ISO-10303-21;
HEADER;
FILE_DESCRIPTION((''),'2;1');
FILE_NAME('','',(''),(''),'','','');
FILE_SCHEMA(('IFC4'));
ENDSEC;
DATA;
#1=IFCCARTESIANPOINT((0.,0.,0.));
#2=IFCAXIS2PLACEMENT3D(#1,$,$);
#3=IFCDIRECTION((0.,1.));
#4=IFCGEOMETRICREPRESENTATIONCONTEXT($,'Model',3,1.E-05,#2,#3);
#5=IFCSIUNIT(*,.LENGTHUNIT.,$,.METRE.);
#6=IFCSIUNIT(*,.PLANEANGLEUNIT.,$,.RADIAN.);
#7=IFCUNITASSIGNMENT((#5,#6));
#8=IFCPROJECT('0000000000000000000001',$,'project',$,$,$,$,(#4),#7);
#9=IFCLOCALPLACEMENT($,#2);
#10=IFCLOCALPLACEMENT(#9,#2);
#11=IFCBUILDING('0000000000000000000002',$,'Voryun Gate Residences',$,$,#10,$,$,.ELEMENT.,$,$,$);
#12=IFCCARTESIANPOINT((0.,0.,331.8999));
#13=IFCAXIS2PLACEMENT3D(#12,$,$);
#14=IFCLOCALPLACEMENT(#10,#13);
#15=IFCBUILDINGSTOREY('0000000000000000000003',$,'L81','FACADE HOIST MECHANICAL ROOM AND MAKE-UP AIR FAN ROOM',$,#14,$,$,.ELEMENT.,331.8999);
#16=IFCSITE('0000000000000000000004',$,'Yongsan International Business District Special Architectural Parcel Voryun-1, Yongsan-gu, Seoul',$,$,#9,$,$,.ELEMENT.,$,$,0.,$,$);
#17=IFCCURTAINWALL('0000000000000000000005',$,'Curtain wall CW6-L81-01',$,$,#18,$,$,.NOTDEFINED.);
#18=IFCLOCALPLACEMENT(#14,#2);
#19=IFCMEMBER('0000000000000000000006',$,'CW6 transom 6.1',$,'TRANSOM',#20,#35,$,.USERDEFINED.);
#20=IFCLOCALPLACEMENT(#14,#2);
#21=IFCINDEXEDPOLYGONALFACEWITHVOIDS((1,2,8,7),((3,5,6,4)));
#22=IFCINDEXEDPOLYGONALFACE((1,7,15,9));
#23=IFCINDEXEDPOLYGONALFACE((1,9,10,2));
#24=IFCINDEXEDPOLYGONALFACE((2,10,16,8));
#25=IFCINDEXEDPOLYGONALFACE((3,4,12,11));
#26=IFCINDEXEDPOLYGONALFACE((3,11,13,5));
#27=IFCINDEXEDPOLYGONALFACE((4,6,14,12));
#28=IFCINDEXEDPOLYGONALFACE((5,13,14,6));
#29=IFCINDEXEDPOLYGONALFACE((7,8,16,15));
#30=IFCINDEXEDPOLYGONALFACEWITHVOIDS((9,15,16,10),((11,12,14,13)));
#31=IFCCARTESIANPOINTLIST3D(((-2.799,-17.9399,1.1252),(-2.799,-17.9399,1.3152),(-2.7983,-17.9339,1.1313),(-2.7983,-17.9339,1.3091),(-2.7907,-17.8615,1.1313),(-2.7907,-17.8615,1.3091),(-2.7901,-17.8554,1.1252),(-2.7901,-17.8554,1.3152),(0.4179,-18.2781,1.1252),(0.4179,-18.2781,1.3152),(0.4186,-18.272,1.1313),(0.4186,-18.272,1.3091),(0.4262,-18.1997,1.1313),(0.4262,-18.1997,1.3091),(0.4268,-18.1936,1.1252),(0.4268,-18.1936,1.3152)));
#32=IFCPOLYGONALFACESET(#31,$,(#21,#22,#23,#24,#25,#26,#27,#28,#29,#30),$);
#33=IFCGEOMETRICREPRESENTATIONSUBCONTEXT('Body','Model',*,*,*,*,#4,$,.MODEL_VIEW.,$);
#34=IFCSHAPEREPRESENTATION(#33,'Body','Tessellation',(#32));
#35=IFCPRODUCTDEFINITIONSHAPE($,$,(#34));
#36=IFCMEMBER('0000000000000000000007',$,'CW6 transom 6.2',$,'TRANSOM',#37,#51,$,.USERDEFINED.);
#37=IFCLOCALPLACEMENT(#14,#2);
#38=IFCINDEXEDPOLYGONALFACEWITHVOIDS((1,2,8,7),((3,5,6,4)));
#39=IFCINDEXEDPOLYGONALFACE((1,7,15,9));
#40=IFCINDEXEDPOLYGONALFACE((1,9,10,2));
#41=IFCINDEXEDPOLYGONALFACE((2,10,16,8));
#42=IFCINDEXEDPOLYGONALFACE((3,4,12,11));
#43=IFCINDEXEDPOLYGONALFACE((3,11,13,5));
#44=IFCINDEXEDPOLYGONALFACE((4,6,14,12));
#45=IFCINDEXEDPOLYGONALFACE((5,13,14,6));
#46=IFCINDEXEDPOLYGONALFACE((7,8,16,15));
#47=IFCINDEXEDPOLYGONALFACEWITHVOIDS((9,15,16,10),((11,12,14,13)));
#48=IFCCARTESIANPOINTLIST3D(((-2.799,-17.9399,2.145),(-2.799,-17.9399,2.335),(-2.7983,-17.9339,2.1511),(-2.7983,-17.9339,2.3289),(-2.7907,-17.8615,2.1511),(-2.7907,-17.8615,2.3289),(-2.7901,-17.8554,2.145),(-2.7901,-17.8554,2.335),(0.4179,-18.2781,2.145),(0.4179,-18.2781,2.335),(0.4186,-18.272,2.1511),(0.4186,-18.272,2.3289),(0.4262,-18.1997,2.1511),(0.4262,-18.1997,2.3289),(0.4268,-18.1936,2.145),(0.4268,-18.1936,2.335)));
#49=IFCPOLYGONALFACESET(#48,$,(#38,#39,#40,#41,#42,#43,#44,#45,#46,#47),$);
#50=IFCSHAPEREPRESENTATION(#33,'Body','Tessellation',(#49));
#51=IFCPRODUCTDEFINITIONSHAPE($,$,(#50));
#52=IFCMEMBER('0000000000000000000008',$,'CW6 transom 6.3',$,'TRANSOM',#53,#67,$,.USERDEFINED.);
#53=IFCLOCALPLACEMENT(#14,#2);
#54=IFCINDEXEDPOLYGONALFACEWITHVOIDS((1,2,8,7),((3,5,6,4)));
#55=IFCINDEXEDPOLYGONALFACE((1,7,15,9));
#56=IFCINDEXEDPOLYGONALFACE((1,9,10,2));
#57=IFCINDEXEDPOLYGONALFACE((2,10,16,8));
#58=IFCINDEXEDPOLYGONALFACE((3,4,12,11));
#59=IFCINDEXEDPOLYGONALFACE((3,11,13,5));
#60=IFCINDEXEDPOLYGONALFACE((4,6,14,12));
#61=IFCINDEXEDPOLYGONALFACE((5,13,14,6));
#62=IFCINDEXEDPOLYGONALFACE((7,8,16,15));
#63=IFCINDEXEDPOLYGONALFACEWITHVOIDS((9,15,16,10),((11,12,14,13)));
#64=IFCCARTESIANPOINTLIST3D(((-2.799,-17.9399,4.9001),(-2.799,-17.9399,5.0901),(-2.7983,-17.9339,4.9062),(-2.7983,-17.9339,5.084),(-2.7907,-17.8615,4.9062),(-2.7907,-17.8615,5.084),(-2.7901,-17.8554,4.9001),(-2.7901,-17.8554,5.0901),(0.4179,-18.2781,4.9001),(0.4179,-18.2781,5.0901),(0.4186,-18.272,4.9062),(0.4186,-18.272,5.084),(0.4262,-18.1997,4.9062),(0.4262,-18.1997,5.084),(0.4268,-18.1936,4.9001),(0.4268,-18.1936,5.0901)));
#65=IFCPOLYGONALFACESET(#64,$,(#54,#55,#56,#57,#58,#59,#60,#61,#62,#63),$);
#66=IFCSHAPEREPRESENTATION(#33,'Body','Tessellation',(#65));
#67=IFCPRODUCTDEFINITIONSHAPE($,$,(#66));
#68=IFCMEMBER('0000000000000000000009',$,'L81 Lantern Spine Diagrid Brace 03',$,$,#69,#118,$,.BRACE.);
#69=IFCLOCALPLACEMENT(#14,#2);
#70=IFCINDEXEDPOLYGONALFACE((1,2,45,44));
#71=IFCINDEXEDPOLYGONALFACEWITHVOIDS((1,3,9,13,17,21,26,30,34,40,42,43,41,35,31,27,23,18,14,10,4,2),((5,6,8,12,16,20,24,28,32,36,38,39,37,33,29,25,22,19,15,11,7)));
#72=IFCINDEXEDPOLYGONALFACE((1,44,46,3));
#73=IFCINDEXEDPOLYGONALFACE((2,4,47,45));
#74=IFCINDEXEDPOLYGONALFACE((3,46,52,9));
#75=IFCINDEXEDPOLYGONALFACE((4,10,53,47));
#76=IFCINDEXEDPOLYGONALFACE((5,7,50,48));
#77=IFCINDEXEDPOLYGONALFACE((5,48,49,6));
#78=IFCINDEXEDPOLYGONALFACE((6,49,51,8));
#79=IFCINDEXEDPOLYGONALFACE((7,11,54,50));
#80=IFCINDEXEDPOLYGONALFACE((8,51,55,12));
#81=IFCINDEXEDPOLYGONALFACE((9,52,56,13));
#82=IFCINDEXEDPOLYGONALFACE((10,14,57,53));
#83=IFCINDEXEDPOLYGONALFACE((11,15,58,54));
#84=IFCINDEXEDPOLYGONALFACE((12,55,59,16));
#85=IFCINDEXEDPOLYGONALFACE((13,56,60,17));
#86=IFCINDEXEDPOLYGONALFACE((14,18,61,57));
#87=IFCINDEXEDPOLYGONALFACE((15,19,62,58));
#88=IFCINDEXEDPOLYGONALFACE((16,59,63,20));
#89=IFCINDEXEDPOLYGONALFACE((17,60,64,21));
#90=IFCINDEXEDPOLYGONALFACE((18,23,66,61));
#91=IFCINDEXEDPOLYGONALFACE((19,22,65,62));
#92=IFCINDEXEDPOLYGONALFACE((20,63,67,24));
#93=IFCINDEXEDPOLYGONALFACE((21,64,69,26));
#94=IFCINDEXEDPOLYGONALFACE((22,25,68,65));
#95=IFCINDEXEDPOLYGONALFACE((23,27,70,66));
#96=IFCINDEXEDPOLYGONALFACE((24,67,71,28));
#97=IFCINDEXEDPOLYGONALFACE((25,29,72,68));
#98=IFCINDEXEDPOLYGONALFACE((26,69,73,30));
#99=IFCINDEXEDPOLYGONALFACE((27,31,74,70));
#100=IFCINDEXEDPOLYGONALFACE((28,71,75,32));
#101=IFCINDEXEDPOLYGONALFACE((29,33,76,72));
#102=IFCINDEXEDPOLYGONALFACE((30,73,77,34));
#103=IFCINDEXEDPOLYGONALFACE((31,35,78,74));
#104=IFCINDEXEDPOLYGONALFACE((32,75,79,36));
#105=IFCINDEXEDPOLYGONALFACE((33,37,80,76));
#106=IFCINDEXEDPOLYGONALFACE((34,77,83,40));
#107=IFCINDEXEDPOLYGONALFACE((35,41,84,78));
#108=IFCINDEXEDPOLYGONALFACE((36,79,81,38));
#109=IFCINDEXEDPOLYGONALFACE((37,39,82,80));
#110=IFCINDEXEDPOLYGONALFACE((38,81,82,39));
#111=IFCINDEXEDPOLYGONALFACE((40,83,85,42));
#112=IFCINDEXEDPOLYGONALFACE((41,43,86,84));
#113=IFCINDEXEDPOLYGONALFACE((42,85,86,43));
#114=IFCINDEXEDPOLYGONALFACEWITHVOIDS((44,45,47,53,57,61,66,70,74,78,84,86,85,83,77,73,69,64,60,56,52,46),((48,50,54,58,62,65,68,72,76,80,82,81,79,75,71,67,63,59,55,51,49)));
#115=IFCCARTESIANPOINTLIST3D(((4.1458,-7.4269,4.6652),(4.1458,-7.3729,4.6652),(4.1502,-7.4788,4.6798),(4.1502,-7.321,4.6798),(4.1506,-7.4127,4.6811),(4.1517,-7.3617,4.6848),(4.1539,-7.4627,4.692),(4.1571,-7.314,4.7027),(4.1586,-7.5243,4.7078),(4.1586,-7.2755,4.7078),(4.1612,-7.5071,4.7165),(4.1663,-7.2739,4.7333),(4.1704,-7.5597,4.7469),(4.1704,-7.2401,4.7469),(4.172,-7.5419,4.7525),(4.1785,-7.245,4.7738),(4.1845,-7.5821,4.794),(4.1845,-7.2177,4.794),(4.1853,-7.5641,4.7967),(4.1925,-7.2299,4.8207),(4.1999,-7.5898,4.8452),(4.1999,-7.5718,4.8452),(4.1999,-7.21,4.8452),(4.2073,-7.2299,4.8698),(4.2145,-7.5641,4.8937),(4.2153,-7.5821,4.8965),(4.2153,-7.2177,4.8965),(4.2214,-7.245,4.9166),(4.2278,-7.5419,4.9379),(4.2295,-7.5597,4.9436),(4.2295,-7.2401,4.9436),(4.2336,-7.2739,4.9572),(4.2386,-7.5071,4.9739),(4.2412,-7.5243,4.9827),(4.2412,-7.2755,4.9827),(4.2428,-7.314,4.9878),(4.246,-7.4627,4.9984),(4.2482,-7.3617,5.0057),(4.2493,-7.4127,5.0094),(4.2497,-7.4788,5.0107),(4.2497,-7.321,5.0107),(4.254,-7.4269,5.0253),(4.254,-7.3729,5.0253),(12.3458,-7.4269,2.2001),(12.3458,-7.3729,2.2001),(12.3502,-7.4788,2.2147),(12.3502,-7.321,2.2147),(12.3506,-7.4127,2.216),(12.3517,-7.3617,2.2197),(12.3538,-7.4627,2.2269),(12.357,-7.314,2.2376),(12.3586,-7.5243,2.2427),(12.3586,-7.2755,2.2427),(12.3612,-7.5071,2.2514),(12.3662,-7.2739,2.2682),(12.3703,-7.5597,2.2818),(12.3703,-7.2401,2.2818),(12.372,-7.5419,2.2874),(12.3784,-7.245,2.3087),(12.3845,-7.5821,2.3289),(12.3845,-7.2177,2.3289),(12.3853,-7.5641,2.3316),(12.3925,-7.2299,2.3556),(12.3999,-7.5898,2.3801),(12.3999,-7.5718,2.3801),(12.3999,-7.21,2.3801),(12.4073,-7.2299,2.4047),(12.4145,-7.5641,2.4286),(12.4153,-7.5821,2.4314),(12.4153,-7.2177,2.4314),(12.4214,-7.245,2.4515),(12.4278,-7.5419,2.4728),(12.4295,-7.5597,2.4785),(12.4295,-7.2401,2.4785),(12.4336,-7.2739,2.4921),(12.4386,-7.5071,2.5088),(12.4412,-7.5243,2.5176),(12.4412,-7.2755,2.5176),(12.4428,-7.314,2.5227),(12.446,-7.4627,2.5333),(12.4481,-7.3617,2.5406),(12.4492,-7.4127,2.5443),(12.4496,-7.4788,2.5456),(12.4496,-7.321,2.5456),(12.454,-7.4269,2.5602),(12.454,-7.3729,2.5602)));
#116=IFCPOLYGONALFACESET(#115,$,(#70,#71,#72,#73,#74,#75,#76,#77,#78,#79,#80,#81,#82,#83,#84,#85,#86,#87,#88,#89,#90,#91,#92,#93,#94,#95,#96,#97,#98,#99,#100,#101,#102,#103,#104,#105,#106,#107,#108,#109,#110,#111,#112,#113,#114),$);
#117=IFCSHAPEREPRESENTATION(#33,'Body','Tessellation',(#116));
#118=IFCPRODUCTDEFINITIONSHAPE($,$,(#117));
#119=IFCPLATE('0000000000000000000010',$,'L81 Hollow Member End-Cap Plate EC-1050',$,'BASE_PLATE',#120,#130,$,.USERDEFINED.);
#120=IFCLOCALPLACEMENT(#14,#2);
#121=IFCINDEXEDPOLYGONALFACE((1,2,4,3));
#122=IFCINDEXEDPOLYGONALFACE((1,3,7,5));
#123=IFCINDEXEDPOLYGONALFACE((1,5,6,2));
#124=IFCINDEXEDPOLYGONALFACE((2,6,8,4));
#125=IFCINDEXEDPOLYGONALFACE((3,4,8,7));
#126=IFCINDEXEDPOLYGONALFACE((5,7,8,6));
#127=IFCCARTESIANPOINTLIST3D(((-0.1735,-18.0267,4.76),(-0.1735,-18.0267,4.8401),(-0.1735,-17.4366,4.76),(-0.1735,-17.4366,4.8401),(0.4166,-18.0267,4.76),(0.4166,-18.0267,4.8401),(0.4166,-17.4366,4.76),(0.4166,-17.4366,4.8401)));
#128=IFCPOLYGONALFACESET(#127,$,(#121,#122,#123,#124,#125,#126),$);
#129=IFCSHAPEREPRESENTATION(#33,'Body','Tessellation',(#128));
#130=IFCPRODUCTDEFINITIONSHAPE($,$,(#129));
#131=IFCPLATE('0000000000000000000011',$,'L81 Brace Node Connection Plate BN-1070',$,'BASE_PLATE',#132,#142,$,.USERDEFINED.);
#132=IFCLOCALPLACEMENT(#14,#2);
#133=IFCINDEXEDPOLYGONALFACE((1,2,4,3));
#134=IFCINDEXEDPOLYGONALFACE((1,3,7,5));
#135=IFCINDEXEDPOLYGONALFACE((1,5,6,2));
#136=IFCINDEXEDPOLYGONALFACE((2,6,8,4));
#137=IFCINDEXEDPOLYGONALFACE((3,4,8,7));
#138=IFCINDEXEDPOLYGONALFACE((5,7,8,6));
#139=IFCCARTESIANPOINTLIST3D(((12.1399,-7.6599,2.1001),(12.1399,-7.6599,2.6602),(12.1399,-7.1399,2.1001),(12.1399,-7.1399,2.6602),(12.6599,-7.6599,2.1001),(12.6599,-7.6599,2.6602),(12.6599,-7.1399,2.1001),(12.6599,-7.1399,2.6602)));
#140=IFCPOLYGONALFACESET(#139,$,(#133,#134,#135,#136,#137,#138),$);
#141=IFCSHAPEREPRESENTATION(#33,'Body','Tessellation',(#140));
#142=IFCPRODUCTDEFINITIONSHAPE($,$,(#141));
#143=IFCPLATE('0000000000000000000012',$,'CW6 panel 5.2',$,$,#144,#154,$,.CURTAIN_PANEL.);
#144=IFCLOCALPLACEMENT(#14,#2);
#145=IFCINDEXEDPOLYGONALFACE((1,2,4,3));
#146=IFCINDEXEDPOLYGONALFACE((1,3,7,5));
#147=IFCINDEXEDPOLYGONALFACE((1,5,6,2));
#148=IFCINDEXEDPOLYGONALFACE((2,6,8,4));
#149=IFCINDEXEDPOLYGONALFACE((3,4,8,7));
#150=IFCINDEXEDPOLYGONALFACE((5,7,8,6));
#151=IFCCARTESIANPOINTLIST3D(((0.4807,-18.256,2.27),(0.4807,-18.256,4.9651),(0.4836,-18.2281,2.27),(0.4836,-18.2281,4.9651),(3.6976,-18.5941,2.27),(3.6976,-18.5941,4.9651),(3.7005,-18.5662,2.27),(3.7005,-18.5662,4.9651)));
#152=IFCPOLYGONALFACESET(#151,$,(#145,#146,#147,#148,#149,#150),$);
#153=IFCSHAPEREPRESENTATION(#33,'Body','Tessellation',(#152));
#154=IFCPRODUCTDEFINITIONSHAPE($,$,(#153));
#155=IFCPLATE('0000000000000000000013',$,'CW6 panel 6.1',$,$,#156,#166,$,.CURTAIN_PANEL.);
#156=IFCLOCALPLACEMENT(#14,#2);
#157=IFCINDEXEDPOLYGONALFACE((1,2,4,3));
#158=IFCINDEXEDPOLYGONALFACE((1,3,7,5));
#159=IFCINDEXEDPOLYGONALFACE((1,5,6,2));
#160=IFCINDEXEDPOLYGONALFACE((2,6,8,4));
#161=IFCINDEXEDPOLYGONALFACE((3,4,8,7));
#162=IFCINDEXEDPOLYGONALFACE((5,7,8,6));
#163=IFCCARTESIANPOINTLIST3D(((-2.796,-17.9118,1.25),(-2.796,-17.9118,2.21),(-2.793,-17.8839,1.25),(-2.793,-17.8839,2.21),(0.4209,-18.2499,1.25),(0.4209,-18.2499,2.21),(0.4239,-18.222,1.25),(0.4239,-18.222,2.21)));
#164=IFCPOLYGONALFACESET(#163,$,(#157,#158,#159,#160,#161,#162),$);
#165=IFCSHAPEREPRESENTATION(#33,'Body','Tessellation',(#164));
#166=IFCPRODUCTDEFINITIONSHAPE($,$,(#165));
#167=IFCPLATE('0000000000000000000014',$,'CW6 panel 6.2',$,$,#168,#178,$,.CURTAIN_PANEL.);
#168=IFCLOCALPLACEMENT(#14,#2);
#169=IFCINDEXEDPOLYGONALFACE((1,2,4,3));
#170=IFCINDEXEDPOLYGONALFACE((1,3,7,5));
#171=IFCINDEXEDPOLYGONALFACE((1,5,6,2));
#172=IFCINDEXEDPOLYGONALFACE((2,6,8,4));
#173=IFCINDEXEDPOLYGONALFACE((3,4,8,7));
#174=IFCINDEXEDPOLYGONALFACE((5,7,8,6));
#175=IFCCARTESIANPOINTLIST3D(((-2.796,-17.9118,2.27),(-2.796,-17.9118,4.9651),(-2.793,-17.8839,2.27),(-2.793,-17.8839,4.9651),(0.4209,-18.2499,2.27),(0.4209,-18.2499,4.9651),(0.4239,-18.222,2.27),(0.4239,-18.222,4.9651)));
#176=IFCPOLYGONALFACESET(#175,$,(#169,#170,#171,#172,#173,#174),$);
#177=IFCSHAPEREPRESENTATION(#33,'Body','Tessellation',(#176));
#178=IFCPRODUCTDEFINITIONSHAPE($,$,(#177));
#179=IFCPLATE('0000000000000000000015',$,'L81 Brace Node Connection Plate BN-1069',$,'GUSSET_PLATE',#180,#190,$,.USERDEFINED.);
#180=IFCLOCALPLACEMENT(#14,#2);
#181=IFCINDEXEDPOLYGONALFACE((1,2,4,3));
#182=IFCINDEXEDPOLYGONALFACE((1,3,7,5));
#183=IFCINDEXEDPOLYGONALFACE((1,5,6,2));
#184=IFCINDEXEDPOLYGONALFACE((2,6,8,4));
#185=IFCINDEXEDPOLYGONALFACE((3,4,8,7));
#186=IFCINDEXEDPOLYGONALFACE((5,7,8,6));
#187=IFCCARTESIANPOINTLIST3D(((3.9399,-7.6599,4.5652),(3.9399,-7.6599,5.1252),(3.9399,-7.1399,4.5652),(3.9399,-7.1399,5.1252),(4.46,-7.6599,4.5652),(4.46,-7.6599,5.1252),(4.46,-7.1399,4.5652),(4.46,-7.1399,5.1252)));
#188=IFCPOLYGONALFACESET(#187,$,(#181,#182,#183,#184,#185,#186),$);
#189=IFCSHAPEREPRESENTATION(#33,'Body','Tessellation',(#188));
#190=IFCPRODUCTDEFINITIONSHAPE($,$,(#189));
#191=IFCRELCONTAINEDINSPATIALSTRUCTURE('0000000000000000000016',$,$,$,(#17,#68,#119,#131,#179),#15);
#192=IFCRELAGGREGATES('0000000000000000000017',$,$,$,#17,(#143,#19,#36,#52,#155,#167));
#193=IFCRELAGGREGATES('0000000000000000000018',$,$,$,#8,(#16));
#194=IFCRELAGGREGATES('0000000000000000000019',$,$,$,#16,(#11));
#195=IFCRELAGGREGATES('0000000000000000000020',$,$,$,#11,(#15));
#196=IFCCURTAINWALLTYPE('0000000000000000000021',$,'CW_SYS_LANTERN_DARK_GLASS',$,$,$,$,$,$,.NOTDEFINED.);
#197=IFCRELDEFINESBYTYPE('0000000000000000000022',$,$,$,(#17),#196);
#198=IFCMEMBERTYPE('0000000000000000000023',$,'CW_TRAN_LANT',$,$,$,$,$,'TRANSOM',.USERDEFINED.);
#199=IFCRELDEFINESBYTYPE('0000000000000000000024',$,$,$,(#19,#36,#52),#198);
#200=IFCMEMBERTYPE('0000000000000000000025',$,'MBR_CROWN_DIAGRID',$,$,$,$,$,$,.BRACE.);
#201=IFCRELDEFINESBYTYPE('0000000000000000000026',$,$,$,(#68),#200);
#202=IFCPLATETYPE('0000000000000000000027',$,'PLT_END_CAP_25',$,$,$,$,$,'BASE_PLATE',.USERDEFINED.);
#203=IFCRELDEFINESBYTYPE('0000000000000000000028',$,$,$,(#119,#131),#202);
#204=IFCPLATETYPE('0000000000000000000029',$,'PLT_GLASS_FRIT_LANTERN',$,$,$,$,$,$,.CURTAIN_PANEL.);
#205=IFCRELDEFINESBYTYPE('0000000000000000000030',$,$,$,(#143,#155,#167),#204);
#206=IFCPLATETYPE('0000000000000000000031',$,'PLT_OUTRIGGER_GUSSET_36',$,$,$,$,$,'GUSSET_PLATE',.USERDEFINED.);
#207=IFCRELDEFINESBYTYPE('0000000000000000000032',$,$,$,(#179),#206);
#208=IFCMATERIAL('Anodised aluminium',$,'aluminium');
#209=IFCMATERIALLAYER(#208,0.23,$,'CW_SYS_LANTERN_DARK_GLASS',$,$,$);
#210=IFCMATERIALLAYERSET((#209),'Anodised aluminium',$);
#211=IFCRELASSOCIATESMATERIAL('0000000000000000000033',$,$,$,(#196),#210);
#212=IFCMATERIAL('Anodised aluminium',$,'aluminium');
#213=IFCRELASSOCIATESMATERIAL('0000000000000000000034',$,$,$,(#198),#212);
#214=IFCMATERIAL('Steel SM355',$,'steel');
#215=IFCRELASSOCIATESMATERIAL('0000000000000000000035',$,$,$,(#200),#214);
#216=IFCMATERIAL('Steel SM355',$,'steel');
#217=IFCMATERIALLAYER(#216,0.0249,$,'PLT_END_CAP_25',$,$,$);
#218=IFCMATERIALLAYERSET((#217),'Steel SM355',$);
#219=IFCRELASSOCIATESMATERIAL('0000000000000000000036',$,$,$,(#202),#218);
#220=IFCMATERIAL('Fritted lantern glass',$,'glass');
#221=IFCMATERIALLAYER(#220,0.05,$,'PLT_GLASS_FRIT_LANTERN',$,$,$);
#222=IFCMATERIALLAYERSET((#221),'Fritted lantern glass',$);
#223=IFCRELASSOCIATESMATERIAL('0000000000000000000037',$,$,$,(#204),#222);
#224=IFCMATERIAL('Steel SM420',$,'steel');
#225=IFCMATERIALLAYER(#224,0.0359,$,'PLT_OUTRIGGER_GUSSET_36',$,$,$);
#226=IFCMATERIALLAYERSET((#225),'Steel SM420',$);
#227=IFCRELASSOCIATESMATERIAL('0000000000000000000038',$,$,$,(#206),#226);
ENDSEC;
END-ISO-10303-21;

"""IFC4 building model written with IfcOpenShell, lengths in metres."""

from ifc_helpers import new_model, si_unit, direction, frame, origin, origin_2d, place, context, subcontext, project, spatial, rectangle, hollow_rectangle, hollow_circle, extrude, material, layer, layer_set, material_profile, profile_set, type_object, element, aggregate, save


model = new_model("IFC4")

# Units and contexts
model_context = context("Model", 3, precision=1e-05, world=origin(), true_north=direction((0.0, 1.0)))
body_context = subcontext(model_context, "Body", "Model", "MODEL_VIEW")
ifc_project = project(units=[si_unit("LENGTHUNIT", "METRE"), si_unit("PLANEANGLEUNIT", "RADIAN")], contexts=[model_context])

# Site, building, storey
site_placement = place(None, origin())
site = spatial("IfcSite", under=ifc_project, at=site_placement, Name="Yongsan International Business District Special Architectural Parcel Voryun-1, Yongsan-gu, Seoul", CompositionType="ELEMENT", RefElevation=0.0)
building_placement = place(site_placement, origin())
building = spatial("IfcBuilding", under=site, at=building_placement, Name="Voryun Gate Residences", CompositionType="ELEMENT")
storey_placement = place(building_placement, frame((0.0, 0.0, 331.8999)))
storey = spatial("IfcBuildingStorey", under=building, at=storey_placement, Name="L81", Description="FACADE HOIST MECHANICAL ROOM AND MAKE-UP AIR FAN ROOM", CompositionType="ELEMENT", Elevation=331.8999)

# Curtain wall, members
ifc_material_1 = material(Name="Anodised aluminium", Category="aluminium")
ifc_layer_1 = layer(ifc_material_1, 0.23, Name="CW_SYS_LANTERN_DARK_GLASS")
ifc_layer_set_1 = layer_set([ifc_layer_1], Name="Anodised aluminium")
curtain_wall_type = type_object("IfcCurtainWallType", Name="CW_SYS_LANTERN_DARK_GLASS", PredefinedType="NOTDEFINED", material=ifc_layer_set_1)
curtain_wall_placement = place(storey_placement, origin())
curtain_wall = element("IfcCurtainWall", 1, at=curtain_wall_placement, inside=storey, type_object=curtain_wall_type, Name="Curtain wall CW6-L81-01", PredefinedType="NOTDEFINED")
ifc_material_2 = material(Name="Anodised aluminium", Category="aluminium")
ifc_material_profile_1 = material_profile(ifc_material_2, hollow_rectangle(XDim=0.085, YDim=0.1899, WallThickness=0.0061, at=origin_2d()), Name="ALU-TRAN-190x85x6")
ifc_profile_set_1 = profile_set([ifc_material_profile_1], Name="Anodised aluminium")
member_type_1 = type_object("IfcMemberType", Name="CW_TRAN_LANT", ElementType="TRANSOM", PredefinedType="USERDEFINED", material=ifc_profile_set_1)
member_1_placement = place(storey_placement, frame((0.4224, -18.2358, 1.2202), z_axis=(-0.994521, 0.104539, 0.0), x_axis=(-0.104539, -0.994521, 0.0)))
member_1 = element("IfcMember", 2, at=member_1_placement, type_object=member_type_1, Name="CW6 transom 6.1", ObjectType="TRANSOM", PredefinedType="USERDEFINED", context=body_context, shape_type="SweptSolid", body=[
    extrude(hollow_rectangle(XDim=0.085, YDim=0.1899, WallThickness=0.0061, at=origin_2d()), origin(), (0.0, 0.0, 1.0), 3.2346),
])
member_2_placement = place(storey_placement, frame((0.4224, -18.2358, 2.24), z_axis=(-0.994521, 0.104539, 0.0), x_axis=(-0.104539, -0.994521, 0.0)))
member_2 = element("IfcMember", 3, at=member_2_placement, type_object=member_type_1, Name="CW6 transom 6.2", ObjectType="TRANSOM", PredefinedType="USERDEFINED", context=body_context, shape_type="SweptSolid", body=[
    extrude(hollow_rectangle(XDim=0.085, YDim=0.1899, WallThickness=0.0061, at=origin_2d()), origin(), (0.0, 0.0, 1.0), 3.2346),
])
member_3_placement = place(storey_placement, frame((0.4224, -18.2358, 4.9951), z_axis=(-0.994521, 0.104539, 0.0), x_axis=(-0.104539, -0.994521, 0.0)))
member_3 = element("IfcMember", 4, at=member_3_placement, type_object=member_type_1, Name="CW6 transom 6.3", ObjectType="TRANSOM", PredefinedType="USERDEFINED", context=body_context, shape_type="SweptSolid", body=[
    extrude(hollow_rectangle(XDim=0.085, YDim=0.1899, WallThickness=0.0061, at=origin_2d()), origin(), (0.0, 0.0, 1.0), 3.2346),
])

# Member
ifc_material_3 = material(Name="Steel SM355", Category="steel")
ifc_material_profile_2 = material_profile(ifc_material_3, hollow_circle(Radius=0.1899, WallThickness=0.0181, at=origin_2d()), Name="CHS-380x18")
ifc_profile_set_2 = profile_set([ifc_material_profile_2], Name="Steel SM355")
member_type_2 = type_object("IfcMemberType", Name="MBR_CROWN_DIAGRID", PredefinedType="BRACE", material=ifc_profile_set_2)
member_4_placement = place(storey_placement, frame((12.3999, -7.3999, 2.3801), z_axis=(-0.957662, 0.0, 0.287895), x_axis=(0.0, -1.0, 0.0)))
element("IfcMember", 5, at=member_4_placement, inside=storey, type_object=member_type_2, Name="L81 Lantern Spine Diagrid Brace 03", PredefinedType="BRACE", context=body_context, shape_type="SweptSolid", body=[
    extrude(hollow_circle(Radius=0.1899, WallThickness=0.0181, at=origin_2d()), origin(), (0.0, 0.0, 1.0), 8.5625),
])

# Plates
ifc_material_4 = material(Name="Steel SM355", Category="steel")
ifc_layer_2 = layer(ifc_material_4, 0.0249, Name="PLT_END_CAP_25")
ifc_layer_set_2 = layer_set([ifc_layer_2], Name="Steel SM355")
plate_type_1 = type_object("IfcPlateType", Name="PLT_END_CAP_25", ElementType="BASE_PLATE", PredefinedType="USERDEFINED", material=ifc_layer_set_2)
plate_1_placement = place(storey_placement, frame((0.1216, -17.7317, 4.76), z_axis=(0.0, 0.0, 1.0), x_axis=(1.0, 0.0, 0.0)))
element("IfcPlate", 6, at=plate_1_placement, inside=storey, type_object=plate_type_1, Name="L81 Hollow Member End-Cap Plate EC-1050", ObjectType="BASE_PLATE", PredefinedType="USERDEFINED", context=body_context, shape_type="SweptSolid", body=[
    extrude(rectangle(XDim=0.5901, YDim=0.5901, at=origin_2d()), origin(), (0.0, 0.0, 1.0), 0.0801),
])
plate_2_placement = place(storey_placement, frame((12.3999, -7.3999, 2.1001), z_axis=(0.0, 0.0, 1.0), x_axis=(1.0, 0.0, 0.0)))
element("IfcPlate", 7, at=plate_2_placement, inside=storey, type_object=plate_type_1, Name="L81 Brace Node Connection Plate BN-1070", ObjectType="BASE_PLATE", PredefinedType="USERDEFINED", context=body_context, shape_type="SweptSolid", body=[
    extrude(rectangle(XDim=0.52, YDim=0.52, at=origin_2d()), origin(), (0.0, 0.0, 1.0), 0.5601),
])

# Plates
ifc_material_5 = material(Name="Fritted lantern glass", Category="glass")
ifc_layer_3 = layer(ifc_material_5, 0.05, Name="PLT_GLASS_FRIT_LANTERN")
ifc_layer_set_3 = layer_set([ifc_layer_3], Name="Fritted lantern glass")
plate_type_2 = type_object("IfcPlateType", Name="PLT_GLASS_FRIT_LANTERN", PredefinedType="CURTAIN_PANEL", material=ifc_layer_set_3)
plate_3_placement = place(storey_placement, frame((2.0906, -18.4111, 2.27), z_axis=(0.0, 0.0, 1.0), x_axis=(-0.994522, 0.104528, 0.0)))
plate_3 = element("IfcPlate", 8, at=plate_3_placement, type_object=plate_type_2, Name="CW6 panel 5.2", PredefinedType="CURTAIN_PANEL", context=body_context, shape_type="SweptSolid", body=[
    extrude(rectangle(XDim=3.2346, YDim=0.0281, at=origin_2d()), origin(), (0.0, 0.0, 1.0), 2.6951),
])
plate_4_placement = place(storey_placement, frame((-1.186, -18.0669, 1.25), z_axis=(0.0, 0.0, 1.0), x_axis=(-0.994522, 0.104528, 0.0)))
plate_4 = element("IfcPlate", 9, at=plate_4_placement, type_object=plate_type_2, Name="CW6 panel 6.1", PredefinedType="CURTAIN_PANEL", context=body_context, shape_type="SweptSolid", body=[
    extrude(rectangle(XDim=3.2346, YDim=0.0281, at=origin_2d()), origin(), (0.0, 0.0, 1.0), 0.96),
])
plate_5_placement = place(storey_placement, frame((-1.186, -18.0669, 2.27), z_axis=(0.0, 0.0, 1.0), x_axis=(-0.994522, 0.104528, 0.0)))
plate_5 = element("IfcPlate", 10, at=plate_5_placement, type_object=plate_type_2, Name="CW6 panel 6.2", PredefinedType="CURTAIN_PANEL", context=body_context, shape_type="SweptSolid", body=[
    extrude(rectangle(XDim=3.2346, YDim=0.0281, at=origin_2d()), origin(), (0.0, 0.0, 1.0), 2.6951),
])
aggregate(curtain_wall, [plate_3, member_1, member_2, member_3, plate_4, plate_5])
ifc_material_6 = material(Name="Steel SM420", Category="steel")
ifc_layer_4 = layer(ifc_material_6, 0.0359, Name="PLT_OUTRIGGER_GUSSET_36")
ifc_layer_set_4 = layer_set([ifc_layer_4], Name="Steel SM420")
plate_type_3 = type_object("IfcPlateType", Name="PLT_OUTRIGGER_GUSSET_36", ElementType="GUSSET_PLATE", PredefinedType="USERDEFINED", material=ifc_layer_set_4)
plate_6_placement = place(storey_placement, frame((4.2, -7.3999, 4.5652), z_axis=(0.0, 0.0, 1.0), x_axis=(1.0, 0.0, 0.0)))
element("IfcPlate", 11, at=plate_6_placement, inside=storey, type_object=plate_type_3, Name="L81 Brace Node Connection Plate BN-1069", ObjectType="GUSSET_PLATE", PredefinedType="USERDEFINED", context=body_context, shape_type="SweptSolid", body=[
    extrude(rectangle(XDim=0.52, YDim=0.52, at=origin_2d()), origin(), (0.0, 0.0, 1.0), 0.5601),
])

save(model, "model.ifc")
